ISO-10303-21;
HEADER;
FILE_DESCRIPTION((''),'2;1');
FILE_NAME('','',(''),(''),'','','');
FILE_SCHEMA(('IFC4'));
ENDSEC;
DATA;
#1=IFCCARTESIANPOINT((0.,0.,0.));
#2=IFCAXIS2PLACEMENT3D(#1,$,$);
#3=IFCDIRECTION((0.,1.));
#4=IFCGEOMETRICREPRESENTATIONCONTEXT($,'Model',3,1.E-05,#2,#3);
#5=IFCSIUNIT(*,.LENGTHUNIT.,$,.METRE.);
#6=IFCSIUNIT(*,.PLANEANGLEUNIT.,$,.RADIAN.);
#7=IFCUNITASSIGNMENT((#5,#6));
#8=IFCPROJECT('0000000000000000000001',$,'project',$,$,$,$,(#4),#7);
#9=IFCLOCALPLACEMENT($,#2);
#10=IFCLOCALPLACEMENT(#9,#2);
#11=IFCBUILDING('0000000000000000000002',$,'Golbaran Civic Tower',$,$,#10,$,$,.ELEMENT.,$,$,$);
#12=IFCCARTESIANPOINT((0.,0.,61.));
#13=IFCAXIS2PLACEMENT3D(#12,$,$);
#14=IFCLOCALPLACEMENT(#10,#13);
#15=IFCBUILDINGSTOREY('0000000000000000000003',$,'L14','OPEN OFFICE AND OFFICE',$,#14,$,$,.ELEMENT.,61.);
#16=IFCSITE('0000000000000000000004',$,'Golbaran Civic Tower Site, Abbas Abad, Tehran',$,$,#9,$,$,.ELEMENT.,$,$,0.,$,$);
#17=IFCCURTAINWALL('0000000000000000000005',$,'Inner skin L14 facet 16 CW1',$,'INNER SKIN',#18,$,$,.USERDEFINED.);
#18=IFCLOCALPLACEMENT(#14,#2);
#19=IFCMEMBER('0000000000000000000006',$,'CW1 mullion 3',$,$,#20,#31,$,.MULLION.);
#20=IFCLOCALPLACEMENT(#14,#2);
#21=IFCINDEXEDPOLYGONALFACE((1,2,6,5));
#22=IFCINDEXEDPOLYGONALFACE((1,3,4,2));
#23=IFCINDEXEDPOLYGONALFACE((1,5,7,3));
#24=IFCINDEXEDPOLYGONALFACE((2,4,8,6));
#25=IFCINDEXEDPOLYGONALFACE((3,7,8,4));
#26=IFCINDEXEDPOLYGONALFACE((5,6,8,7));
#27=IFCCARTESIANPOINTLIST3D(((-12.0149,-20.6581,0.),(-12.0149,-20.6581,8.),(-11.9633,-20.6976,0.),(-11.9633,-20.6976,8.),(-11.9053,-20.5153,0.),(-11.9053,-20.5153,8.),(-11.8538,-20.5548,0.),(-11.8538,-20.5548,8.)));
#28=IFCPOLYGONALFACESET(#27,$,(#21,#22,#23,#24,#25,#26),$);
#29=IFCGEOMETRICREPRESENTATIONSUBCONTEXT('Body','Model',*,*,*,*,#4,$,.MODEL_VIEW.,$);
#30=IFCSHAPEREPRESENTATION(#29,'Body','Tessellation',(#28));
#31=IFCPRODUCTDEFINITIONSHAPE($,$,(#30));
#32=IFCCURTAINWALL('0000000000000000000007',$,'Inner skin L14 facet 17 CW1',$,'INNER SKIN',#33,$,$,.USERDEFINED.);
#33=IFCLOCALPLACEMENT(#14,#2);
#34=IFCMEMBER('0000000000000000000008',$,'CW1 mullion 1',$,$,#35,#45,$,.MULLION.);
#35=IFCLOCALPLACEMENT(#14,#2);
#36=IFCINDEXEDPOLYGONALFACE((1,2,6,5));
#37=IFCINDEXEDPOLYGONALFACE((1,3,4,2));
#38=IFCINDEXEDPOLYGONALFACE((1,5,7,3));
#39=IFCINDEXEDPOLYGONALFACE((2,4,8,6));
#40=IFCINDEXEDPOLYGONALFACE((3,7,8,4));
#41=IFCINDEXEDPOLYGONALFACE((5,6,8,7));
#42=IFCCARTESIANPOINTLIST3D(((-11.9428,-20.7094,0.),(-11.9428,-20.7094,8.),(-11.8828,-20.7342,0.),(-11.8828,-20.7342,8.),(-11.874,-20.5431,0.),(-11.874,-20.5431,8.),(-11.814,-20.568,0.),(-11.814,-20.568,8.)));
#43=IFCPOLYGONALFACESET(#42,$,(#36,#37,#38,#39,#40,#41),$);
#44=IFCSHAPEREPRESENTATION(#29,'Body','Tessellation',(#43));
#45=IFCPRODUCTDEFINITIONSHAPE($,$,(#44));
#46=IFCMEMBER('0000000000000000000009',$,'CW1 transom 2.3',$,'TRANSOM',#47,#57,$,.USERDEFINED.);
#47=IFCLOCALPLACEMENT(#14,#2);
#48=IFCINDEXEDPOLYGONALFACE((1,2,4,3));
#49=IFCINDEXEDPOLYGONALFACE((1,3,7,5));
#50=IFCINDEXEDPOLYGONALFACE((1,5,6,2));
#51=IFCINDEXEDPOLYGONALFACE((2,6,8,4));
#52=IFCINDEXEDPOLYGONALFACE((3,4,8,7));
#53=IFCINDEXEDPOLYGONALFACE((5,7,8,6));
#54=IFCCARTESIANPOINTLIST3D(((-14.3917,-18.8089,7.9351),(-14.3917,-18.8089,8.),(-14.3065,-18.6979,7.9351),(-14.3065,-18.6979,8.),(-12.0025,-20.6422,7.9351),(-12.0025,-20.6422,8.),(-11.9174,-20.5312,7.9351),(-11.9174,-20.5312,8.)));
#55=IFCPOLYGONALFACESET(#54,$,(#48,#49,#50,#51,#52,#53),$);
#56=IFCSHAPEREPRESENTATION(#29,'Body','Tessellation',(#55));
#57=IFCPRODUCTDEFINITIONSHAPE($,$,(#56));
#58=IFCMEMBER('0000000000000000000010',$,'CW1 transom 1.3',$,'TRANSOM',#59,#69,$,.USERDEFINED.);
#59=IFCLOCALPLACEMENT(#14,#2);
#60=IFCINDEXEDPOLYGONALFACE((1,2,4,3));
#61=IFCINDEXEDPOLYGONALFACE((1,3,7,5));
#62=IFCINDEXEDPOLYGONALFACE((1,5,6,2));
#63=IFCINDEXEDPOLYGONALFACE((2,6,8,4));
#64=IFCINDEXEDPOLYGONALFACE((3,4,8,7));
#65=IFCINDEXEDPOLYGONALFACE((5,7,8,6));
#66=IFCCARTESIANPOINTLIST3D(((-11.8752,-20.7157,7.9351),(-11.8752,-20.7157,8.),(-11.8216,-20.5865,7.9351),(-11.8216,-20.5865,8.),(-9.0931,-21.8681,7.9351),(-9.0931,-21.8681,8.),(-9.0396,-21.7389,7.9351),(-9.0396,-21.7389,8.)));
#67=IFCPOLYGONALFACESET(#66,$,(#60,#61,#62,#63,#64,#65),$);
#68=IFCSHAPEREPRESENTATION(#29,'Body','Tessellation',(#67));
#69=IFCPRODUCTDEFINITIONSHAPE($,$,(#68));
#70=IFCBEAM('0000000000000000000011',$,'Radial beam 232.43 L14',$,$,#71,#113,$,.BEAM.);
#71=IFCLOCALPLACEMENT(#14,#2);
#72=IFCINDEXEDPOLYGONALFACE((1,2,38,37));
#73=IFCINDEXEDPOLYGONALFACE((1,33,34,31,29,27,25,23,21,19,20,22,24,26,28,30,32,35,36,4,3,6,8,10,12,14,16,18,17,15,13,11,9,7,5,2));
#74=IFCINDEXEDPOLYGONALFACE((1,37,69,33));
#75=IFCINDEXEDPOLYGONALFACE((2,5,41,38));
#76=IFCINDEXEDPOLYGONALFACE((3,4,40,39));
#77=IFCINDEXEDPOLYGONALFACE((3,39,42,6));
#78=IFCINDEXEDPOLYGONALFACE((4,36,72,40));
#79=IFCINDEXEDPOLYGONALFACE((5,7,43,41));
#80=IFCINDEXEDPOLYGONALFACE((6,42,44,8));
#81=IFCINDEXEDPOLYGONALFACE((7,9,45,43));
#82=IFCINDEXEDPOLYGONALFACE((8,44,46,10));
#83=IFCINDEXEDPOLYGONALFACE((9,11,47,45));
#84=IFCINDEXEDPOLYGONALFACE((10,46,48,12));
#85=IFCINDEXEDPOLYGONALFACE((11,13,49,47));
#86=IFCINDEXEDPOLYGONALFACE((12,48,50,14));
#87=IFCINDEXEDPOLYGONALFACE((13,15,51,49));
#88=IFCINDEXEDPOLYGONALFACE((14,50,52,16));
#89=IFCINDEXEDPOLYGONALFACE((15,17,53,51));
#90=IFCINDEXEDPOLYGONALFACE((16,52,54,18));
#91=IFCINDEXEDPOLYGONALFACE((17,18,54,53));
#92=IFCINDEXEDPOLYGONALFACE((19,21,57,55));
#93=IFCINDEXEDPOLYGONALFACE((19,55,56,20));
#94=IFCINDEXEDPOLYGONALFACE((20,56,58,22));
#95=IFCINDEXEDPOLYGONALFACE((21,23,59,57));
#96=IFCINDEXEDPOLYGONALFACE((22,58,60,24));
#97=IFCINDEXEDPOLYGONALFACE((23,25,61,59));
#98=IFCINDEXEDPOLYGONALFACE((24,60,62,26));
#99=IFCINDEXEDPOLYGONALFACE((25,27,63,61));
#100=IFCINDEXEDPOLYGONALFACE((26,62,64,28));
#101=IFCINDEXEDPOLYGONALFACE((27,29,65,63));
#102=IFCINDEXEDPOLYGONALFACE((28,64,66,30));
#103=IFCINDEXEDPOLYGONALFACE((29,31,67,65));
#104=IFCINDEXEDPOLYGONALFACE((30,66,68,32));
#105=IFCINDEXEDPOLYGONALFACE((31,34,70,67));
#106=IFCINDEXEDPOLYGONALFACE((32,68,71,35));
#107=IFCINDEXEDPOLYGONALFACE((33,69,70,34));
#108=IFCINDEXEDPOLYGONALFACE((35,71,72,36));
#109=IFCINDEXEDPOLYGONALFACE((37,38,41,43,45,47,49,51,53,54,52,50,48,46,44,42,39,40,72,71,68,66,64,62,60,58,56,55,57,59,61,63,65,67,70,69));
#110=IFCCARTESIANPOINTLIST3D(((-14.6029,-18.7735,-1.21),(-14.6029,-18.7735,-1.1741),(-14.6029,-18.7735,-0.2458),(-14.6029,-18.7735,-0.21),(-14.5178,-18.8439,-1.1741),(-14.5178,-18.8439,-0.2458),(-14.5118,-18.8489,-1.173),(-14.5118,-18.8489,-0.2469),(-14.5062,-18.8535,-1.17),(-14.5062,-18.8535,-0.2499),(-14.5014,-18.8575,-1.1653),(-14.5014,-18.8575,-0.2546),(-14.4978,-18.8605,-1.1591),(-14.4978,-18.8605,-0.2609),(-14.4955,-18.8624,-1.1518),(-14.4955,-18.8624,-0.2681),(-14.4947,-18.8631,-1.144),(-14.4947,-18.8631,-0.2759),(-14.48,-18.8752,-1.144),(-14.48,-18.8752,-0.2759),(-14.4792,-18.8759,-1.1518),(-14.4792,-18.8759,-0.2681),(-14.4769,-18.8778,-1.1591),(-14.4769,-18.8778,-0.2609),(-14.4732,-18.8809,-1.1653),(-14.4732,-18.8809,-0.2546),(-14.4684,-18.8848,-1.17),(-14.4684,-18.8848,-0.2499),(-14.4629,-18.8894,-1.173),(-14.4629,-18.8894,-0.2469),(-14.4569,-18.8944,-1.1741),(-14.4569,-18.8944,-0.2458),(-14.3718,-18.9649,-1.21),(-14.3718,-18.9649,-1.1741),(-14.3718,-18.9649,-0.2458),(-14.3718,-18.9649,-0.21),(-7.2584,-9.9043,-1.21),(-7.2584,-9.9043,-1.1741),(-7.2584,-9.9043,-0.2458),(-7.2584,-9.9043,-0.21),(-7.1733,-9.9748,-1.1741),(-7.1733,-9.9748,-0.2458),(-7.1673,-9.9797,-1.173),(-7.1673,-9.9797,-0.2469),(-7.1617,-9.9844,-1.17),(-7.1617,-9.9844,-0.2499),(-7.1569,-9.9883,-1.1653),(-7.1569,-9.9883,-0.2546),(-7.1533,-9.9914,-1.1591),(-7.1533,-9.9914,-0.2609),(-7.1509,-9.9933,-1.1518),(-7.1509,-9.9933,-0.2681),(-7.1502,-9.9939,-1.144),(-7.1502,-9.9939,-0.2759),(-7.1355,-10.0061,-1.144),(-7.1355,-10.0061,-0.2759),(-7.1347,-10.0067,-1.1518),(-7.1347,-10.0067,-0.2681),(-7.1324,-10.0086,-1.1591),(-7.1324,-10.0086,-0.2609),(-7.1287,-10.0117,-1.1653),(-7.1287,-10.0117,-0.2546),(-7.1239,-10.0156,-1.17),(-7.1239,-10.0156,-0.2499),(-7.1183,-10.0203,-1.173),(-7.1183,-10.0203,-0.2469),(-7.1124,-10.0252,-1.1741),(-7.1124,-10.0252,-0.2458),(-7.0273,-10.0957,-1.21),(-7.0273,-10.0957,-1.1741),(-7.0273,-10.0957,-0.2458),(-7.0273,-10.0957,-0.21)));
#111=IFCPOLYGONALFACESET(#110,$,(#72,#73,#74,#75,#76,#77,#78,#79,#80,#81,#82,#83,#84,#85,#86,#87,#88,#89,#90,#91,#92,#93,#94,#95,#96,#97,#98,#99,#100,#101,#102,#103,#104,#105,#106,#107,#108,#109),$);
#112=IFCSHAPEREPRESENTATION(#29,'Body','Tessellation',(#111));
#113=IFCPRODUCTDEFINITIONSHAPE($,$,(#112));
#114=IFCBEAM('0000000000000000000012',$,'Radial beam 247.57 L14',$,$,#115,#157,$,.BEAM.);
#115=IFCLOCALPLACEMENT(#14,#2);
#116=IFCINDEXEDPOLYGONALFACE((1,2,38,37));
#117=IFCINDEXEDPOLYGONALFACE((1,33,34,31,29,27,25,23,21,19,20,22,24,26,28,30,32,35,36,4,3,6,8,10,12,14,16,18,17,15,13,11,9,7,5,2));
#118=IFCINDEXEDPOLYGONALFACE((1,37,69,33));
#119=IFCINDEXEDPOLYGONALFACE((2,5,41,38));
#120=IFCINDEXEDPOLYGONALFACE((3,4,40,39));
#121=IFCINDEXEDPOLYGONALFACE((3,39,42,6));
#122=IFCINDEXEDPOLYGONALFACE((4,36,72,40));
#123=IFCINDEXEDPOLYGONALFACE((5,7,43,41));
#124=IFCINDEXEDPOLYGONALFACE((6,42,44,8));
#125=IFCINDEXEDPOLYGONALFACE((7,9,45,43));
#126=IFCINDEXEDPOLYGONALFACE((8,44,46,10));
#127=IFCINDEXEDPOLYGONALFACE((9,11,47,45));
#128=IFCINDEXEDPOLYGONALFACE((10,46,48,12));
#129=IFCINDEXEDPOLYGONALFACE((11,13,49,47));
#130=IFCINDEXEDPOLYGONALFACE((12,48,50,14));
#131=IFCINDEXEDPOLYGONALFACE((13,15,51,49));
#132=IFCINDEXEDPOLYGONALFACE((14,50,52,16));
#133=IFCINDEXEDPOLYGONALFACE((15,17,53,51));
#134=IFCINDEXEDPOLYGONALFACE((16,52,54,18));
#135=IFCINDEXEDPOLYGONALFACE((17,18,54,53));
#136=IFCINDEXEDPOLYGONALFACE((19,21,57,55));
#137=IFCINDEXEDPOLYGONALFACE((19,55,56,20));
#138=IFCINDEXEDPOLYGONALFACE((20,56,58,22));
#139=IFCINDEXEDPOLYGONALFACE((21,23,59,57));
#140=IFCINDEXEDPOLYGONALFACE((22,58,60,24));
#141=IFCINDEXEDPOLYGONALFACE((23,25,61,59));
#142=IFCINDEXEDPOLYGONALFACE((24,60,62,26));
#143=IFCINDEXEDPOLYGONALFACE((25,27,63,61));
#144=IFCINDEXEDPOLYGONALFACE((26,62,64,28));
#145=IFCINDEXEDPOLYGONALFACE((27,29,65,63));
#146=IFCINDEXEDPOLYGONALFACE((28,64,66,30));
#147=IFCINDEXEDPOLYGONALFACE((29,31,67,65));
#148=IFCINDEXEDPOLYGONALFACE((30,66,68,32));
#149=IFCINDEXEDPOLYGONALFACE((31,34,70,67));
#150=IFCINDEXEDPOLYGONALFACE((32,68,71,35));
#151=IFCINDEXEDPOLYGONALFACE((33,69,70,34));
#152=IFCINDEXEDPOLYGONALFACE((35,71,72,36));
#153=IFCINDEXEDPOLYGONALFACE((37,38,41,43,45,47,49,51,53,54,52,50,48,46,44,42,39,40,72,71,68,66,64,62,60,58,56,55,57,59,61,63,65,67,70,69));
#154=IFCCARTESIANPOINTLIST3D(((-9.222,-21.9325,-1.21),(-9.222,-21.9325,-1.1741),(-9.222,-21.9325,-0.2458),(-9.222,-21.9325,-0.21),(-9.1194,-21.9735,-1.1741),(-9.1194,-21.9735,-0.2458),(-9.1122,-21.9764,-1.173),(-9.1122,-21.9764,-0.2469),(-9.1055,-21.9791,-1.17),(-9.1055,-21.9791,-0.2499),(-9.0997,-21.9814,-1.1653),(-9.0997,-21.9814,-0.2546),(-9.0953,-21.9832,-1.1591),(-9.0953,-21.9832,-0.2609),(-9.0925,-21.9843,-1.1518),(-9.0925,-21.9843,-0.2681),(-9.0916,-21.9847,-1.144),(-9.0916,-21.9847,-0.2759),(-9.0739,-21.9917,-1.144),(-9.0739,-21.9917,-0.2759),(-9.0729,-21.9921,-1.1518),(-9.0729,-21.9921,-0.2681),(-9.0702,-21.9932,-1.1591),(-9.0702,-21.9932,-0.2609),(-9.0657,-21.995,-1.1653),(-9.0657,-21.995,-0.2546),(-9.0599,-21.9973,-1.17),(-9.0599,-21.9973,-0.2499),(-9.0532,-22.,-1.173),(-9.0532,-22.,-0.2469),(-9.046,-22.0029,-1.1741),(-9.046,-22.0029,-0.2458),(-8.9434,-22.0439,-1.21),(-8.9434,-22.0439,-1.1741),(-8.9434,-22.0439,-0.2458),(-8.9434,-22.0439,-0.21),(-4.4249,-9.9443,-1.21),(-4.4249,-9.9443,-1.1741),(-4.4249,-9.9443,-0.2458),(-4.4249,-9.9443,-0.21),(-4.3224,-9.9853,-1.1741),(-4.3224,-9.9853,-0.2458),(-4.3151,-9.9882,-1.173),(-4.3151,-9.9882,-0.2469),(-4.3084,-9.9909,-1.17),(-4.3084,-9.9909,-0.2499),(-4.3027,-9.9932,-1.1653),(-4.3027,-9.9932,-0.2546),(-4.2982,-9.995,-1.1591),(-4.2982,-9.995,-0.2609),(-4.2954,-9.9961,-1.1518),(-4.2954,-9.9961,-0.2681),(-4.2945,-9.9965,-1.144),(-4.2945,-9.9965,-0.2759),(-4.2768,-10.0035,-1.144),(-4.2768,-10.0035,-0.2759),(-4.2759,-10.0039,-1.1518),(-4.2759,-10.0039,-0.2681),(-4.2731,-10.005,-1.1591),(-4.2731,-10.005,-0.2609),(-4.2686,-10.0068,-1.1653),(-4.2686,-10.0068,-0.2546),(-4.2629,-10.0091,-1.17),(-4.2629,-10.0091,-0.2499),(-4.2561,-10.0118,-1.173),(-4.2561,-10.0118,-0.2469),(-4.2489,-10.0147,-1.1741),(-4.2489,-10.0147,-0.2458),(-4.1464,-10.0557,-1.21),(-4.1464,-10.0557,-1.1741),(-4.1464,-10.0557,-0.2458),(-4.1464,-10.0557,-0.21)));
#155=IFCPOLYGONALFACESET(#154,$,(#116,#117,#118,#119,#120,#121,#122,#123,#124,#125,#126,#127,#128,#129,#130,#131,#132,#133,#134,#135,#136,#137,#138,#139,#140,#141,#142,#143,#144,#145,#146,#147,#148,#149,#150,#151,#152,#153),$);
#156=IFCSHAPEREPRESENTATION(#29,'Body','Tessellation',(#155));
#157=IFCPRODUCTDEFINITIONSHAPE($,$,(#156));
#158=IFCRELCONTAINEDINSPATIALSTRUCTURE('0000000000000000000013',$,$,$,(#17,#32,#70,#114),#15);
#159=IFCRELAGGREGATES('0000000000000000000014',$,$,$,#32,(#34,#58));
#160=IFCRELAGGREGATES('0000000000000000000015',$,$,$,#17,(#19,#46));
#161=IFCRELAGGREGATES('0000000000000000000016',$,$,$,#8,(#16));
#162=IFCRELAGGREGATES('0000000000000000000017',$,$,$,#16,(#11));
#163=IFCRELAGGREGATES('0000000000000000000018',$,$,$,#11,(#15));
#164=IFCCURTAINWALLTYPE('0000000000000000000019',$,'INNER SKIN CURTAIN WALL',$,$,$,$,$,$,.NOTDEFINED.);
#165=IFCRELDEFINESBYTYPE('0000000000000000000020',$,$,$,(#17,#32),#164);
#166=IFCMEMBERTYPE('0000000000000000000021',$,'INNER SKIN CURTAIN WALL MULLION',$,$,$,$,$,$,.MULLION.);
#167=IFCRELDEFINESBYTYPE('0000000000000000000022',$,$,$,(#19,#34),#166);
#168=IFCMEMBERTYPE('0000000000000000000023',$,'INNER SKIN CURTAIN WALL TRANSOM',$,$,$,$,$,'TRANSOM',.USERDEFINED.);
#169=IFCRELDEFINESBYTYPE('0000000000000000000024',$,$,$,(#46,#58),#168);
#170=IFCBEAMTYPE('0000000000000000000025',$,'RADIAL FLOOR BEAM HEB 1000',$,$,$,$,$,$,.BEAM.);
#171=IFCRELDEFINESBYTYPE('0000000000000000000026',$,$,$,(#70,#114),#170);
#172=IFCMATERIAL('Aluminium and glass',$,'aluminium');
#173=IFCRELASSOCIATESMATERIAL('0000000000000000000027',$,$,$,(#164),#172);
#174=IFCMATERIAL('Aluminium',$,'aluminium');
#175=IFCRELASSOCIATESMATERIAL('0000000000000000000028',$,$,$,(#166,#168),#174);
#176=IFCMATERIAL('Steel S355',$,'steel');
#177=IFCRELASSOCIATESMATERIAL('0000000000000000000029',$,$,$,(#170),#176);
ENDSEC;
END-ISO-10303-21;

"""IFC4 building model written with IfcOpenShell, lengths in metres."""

from ifc_helpers import new_model, si_unit, direction, frame, origin, origin_2d, place, context, subcontext, project, spatial, rectangle, i_section, extrude, material, material_profile, profile_set, type_object, element, aggregate, save


model = new_model("IFC4")

# Units and contexts
model_context = context("Model", 3, precision=1e-05, world=origin(), true_north=direction((0.0, 1.0)))
body_context = subcontext(model_context, "Body", "Model", "MODEL_VIEW")
ifc_project = project(units=[si_unit("LENGTHUNIT", "METRE"), si_unit("PLANEANGLEUNIT", "RADIAN")], contexts=[model_context])

# Site, building, storey
site_placement = place(None, origin())
site = spatial("IfcSite", under=ifc_project, at=site_placement, Name="Golbaran Civic Tower Site, Abbas Abad, Tehran", CompositionType="ELEMENT", RefElevation=0.0)
building_placement = place(site_placement, origin())
building = spatial("IfcBuilding", under=site, at=building_placement, Name="Golbaran Civic Tower", CompositionType="ELEMENT")
storey_placement = place(building_placement, frame((0.0, 0.0, 61.0)))
storey = spatial("IfcBuildingStorey", under=building, at=storey_placement, Name="L14", Description="OPEN OFFICE AND OFFICE", CompositionType="ELEMENT", Elevation=61.0)

# Shared definitions
ifc_material_1 = material(Name="Steel S355", Category="steel")

# Curtain walls, members
ifc_material_2 = material(Name="Aluminium and glass", Category="aluminium")
curtain_wall_type = type_object("IfcCurtainWallType", Name="INNER SKIN CURTAIN WALL", PredefinedType="NOTDEFINED", material=ifc_material_2)
curtain_wall_1_placement = place(storey_placement, origin())
curtain_wall_1 = element("IfcCurtainWall", 1, at=curtain_wall_1_placement, inside=storey, type_object=curtain_wall_type, Name="Inner skin L14 facet 16 CW1", ObjectType="INNER SKIN", PredefinedType="USERDEFINED")
ifc_material_3 = material(Name="Aluminium", Category="aluminium")
ifc_material_profile_1 = material_profile(ifc_material_3, rectangle(XDim=0.1799, YDim=0.0649, at=origin_2d()), Name="INNER SKIN CURTAIN WALL MULLION")
ifc_profile_set_1 = profile_set([ifc_material_profile_1], Name="Aluminium")
member_type_1 = type_object("IfcMemberType", Name="INNER SKIN CURTAIN WALL MULLION", PredefinedType="MULLION", material=ifc_profile_set_1)
member_1_placement = place(storey_placement, frame((-11.9343, -20.6064, 0.0), z_axis=(0.0, 0.0, 1.0), x_axis=(0.608761, 0.793353, 0.0)))
member_1 = element("IfcMember", 2, at=member_1_placement, type_object=member_type_1, Name="CW1 mullion 3", PredefinedType="MULLION", context=body_context, shape_type="SweptSolid", body=[
    extrude(rectangle(XDim=0.1799, YDim=0.0649, at=origin_2d()), origin(), (0.0, 0.0, 1.0), 8.0),
])
curtain_wall_2_placement = place(storey_placement, origin())
curtain_wall_2 = element("IfcCurtainWall", 3, at=curtain_wall_2_placement, inside=storey, type_object=curtain_wall_type, Name="Inner skin L14 facet 17 CW1", ObjectType="INNER SKIN", PredefinedType="USERDEFINED")
member_2_placement = place(storey_placement, frame((-11.8784, -20.6387, 0.0), z_axis=(0.0, 0.0, 1.0), x_axis=(0.382683, 0.92388, 0.0)))
member_2 = element("IfcMember", 4, at=member_2_placement, type_object=member_type_1, Name="CW1 mullion 1", PredefinedType="MULLION", context=body_context, shape_type="SweptSolid", body=[
    extrude(rectangle(XDim=0.1799, YDim=0.0649, at=origin_2d()), origin(), (0.0, 0.0, 1.0), 8.0),
])

# Members
ifc_material_profile_2 = material_profile(ifc_material_3, rectangle(XDim=0.1399, YDim=0.0649, at=origin_2d()), Name="INNER SKIN CURTAIN WALL TRANSOM")
ifc_profile_set_2 = profile_set([ifc_material_profile_2], Name="Aluminium")
member_type_2 = type_object("IfcMemberType", Name="INNER SKIN CURTAIN WALL TRANSOM", ElementType="TRANSOM", PredefinedType="USERDEFINED", material=ifc_profile_set_2)
member_3_placement = place(storey_placement, frame((-14.3491, -18.7534, 7.9675), z_axis=(0.793356, -0.608758, 0.0), x_axis=(0.608758, 0.793356, 0.0)))
member_3 = element("IfcMember", 5, at=member_3_placement, type_object=member_type_2, Name="CW1 transom 2.3", ObjectType="TRANSOM", PredefinedType="USERDEFINED", context=body_context, shape_type="SweptSolid", body=[
    extrude(rectangle(XDim=0.1399, YDim=0.0649, at=origin_2d()), origin(), (0.0, 0.0, 1.0), 3.0115),
])
member_4_placement = place(storey_placement, frame((-11.8484, -20.6511, 7.9675), z_axis=(0.923878, -0.382686, 0.0), x_axis=(0.382686, 0.923878, 0.0)))
member_4 = element("IfcMember", 6, at=member_4_placement, type_object=member_type_2, Name="CW1 transom 1.3", ObjectType="TRANSOM", PredefinedType="USERDEFINED", context=body_context, shape_type="SweptSolid", body=[
    extrude(rectangle(XDim=0.1399, YDim=0.0649, at=origin_2d()), origin(), (0.0, 0.0, 1.0), 3.0112),
])
aggregate(curtain_wall_2, [member_2, member_4])

# Beams
ifc_material_profile_3 = material_profile(ifc_material_1, i_section(OverallWidth=0.3, OverallDepth=1.0, WebThickness=0.019, FlangeThickness=0.0359, FilletRadius=0.03, at=origin_2d()), Name="HEB 1000")
ifc_profile_set_3 = profile_set([ifc_material_profile_3], Name="Steel S355")
beam_type_1 = type_object("IfcBeamType", Name="RADIAL FLOOR BEAM HEB 1000", PredefinedType="BEAM", material=ifc_profile_set_3)
beam_1_placement = place(storey_placement, frame((-7.1428, -10.0, -0.71), z_axis=(-0.6378, -0.770202, 0.0), x_axis=(0.770202, -0.6378, 0.0)))
element("IfcBeam", 7, at=beam_1_placement, inside=storey, type_object=beam_type_1, Name="Radial beam 232.43 L14", PredefinedType="BEAM", context=body_context, shape_type="SweptSolid", body=[
    extrude(i_section(OverallWidth=0.3, OverallDepth=1.0, WebThickness=0.019, FlangeThickness=0.0359, FilletRadius=0.03, at=origin_2d()), origin(), (0.0, 0.0, 1.0), 11.5154),
])
beam_2_placement = place(storey_placement, frame((-4.2856, -10.0, -0.71), z_axis=(-0.371511, -0.928428, 0.0), x_axis=(0.928428, -0.371511, 0.0)))
element("IfcBeam", 8, at=beam_2_placement, inside=storey, type_object=beam_type_1, Name="Radial beam 247.57 L14", PredefinedType="BEAM", context=body_context, shape_type="SweptSolid", body=[
    extrude(i_section(OverallWidth=0.3, OverallDepth=1.0, WebThickness=0.019, FlangeThickness=0.0359, FilletRadius=0.03, at=origin_2d()), origin(), (0.0, 0.0, 1.0), 12.9124),
])

aggregate(curtain_wall_1, [member_1, member_3])

save(model, "model.ifc")
